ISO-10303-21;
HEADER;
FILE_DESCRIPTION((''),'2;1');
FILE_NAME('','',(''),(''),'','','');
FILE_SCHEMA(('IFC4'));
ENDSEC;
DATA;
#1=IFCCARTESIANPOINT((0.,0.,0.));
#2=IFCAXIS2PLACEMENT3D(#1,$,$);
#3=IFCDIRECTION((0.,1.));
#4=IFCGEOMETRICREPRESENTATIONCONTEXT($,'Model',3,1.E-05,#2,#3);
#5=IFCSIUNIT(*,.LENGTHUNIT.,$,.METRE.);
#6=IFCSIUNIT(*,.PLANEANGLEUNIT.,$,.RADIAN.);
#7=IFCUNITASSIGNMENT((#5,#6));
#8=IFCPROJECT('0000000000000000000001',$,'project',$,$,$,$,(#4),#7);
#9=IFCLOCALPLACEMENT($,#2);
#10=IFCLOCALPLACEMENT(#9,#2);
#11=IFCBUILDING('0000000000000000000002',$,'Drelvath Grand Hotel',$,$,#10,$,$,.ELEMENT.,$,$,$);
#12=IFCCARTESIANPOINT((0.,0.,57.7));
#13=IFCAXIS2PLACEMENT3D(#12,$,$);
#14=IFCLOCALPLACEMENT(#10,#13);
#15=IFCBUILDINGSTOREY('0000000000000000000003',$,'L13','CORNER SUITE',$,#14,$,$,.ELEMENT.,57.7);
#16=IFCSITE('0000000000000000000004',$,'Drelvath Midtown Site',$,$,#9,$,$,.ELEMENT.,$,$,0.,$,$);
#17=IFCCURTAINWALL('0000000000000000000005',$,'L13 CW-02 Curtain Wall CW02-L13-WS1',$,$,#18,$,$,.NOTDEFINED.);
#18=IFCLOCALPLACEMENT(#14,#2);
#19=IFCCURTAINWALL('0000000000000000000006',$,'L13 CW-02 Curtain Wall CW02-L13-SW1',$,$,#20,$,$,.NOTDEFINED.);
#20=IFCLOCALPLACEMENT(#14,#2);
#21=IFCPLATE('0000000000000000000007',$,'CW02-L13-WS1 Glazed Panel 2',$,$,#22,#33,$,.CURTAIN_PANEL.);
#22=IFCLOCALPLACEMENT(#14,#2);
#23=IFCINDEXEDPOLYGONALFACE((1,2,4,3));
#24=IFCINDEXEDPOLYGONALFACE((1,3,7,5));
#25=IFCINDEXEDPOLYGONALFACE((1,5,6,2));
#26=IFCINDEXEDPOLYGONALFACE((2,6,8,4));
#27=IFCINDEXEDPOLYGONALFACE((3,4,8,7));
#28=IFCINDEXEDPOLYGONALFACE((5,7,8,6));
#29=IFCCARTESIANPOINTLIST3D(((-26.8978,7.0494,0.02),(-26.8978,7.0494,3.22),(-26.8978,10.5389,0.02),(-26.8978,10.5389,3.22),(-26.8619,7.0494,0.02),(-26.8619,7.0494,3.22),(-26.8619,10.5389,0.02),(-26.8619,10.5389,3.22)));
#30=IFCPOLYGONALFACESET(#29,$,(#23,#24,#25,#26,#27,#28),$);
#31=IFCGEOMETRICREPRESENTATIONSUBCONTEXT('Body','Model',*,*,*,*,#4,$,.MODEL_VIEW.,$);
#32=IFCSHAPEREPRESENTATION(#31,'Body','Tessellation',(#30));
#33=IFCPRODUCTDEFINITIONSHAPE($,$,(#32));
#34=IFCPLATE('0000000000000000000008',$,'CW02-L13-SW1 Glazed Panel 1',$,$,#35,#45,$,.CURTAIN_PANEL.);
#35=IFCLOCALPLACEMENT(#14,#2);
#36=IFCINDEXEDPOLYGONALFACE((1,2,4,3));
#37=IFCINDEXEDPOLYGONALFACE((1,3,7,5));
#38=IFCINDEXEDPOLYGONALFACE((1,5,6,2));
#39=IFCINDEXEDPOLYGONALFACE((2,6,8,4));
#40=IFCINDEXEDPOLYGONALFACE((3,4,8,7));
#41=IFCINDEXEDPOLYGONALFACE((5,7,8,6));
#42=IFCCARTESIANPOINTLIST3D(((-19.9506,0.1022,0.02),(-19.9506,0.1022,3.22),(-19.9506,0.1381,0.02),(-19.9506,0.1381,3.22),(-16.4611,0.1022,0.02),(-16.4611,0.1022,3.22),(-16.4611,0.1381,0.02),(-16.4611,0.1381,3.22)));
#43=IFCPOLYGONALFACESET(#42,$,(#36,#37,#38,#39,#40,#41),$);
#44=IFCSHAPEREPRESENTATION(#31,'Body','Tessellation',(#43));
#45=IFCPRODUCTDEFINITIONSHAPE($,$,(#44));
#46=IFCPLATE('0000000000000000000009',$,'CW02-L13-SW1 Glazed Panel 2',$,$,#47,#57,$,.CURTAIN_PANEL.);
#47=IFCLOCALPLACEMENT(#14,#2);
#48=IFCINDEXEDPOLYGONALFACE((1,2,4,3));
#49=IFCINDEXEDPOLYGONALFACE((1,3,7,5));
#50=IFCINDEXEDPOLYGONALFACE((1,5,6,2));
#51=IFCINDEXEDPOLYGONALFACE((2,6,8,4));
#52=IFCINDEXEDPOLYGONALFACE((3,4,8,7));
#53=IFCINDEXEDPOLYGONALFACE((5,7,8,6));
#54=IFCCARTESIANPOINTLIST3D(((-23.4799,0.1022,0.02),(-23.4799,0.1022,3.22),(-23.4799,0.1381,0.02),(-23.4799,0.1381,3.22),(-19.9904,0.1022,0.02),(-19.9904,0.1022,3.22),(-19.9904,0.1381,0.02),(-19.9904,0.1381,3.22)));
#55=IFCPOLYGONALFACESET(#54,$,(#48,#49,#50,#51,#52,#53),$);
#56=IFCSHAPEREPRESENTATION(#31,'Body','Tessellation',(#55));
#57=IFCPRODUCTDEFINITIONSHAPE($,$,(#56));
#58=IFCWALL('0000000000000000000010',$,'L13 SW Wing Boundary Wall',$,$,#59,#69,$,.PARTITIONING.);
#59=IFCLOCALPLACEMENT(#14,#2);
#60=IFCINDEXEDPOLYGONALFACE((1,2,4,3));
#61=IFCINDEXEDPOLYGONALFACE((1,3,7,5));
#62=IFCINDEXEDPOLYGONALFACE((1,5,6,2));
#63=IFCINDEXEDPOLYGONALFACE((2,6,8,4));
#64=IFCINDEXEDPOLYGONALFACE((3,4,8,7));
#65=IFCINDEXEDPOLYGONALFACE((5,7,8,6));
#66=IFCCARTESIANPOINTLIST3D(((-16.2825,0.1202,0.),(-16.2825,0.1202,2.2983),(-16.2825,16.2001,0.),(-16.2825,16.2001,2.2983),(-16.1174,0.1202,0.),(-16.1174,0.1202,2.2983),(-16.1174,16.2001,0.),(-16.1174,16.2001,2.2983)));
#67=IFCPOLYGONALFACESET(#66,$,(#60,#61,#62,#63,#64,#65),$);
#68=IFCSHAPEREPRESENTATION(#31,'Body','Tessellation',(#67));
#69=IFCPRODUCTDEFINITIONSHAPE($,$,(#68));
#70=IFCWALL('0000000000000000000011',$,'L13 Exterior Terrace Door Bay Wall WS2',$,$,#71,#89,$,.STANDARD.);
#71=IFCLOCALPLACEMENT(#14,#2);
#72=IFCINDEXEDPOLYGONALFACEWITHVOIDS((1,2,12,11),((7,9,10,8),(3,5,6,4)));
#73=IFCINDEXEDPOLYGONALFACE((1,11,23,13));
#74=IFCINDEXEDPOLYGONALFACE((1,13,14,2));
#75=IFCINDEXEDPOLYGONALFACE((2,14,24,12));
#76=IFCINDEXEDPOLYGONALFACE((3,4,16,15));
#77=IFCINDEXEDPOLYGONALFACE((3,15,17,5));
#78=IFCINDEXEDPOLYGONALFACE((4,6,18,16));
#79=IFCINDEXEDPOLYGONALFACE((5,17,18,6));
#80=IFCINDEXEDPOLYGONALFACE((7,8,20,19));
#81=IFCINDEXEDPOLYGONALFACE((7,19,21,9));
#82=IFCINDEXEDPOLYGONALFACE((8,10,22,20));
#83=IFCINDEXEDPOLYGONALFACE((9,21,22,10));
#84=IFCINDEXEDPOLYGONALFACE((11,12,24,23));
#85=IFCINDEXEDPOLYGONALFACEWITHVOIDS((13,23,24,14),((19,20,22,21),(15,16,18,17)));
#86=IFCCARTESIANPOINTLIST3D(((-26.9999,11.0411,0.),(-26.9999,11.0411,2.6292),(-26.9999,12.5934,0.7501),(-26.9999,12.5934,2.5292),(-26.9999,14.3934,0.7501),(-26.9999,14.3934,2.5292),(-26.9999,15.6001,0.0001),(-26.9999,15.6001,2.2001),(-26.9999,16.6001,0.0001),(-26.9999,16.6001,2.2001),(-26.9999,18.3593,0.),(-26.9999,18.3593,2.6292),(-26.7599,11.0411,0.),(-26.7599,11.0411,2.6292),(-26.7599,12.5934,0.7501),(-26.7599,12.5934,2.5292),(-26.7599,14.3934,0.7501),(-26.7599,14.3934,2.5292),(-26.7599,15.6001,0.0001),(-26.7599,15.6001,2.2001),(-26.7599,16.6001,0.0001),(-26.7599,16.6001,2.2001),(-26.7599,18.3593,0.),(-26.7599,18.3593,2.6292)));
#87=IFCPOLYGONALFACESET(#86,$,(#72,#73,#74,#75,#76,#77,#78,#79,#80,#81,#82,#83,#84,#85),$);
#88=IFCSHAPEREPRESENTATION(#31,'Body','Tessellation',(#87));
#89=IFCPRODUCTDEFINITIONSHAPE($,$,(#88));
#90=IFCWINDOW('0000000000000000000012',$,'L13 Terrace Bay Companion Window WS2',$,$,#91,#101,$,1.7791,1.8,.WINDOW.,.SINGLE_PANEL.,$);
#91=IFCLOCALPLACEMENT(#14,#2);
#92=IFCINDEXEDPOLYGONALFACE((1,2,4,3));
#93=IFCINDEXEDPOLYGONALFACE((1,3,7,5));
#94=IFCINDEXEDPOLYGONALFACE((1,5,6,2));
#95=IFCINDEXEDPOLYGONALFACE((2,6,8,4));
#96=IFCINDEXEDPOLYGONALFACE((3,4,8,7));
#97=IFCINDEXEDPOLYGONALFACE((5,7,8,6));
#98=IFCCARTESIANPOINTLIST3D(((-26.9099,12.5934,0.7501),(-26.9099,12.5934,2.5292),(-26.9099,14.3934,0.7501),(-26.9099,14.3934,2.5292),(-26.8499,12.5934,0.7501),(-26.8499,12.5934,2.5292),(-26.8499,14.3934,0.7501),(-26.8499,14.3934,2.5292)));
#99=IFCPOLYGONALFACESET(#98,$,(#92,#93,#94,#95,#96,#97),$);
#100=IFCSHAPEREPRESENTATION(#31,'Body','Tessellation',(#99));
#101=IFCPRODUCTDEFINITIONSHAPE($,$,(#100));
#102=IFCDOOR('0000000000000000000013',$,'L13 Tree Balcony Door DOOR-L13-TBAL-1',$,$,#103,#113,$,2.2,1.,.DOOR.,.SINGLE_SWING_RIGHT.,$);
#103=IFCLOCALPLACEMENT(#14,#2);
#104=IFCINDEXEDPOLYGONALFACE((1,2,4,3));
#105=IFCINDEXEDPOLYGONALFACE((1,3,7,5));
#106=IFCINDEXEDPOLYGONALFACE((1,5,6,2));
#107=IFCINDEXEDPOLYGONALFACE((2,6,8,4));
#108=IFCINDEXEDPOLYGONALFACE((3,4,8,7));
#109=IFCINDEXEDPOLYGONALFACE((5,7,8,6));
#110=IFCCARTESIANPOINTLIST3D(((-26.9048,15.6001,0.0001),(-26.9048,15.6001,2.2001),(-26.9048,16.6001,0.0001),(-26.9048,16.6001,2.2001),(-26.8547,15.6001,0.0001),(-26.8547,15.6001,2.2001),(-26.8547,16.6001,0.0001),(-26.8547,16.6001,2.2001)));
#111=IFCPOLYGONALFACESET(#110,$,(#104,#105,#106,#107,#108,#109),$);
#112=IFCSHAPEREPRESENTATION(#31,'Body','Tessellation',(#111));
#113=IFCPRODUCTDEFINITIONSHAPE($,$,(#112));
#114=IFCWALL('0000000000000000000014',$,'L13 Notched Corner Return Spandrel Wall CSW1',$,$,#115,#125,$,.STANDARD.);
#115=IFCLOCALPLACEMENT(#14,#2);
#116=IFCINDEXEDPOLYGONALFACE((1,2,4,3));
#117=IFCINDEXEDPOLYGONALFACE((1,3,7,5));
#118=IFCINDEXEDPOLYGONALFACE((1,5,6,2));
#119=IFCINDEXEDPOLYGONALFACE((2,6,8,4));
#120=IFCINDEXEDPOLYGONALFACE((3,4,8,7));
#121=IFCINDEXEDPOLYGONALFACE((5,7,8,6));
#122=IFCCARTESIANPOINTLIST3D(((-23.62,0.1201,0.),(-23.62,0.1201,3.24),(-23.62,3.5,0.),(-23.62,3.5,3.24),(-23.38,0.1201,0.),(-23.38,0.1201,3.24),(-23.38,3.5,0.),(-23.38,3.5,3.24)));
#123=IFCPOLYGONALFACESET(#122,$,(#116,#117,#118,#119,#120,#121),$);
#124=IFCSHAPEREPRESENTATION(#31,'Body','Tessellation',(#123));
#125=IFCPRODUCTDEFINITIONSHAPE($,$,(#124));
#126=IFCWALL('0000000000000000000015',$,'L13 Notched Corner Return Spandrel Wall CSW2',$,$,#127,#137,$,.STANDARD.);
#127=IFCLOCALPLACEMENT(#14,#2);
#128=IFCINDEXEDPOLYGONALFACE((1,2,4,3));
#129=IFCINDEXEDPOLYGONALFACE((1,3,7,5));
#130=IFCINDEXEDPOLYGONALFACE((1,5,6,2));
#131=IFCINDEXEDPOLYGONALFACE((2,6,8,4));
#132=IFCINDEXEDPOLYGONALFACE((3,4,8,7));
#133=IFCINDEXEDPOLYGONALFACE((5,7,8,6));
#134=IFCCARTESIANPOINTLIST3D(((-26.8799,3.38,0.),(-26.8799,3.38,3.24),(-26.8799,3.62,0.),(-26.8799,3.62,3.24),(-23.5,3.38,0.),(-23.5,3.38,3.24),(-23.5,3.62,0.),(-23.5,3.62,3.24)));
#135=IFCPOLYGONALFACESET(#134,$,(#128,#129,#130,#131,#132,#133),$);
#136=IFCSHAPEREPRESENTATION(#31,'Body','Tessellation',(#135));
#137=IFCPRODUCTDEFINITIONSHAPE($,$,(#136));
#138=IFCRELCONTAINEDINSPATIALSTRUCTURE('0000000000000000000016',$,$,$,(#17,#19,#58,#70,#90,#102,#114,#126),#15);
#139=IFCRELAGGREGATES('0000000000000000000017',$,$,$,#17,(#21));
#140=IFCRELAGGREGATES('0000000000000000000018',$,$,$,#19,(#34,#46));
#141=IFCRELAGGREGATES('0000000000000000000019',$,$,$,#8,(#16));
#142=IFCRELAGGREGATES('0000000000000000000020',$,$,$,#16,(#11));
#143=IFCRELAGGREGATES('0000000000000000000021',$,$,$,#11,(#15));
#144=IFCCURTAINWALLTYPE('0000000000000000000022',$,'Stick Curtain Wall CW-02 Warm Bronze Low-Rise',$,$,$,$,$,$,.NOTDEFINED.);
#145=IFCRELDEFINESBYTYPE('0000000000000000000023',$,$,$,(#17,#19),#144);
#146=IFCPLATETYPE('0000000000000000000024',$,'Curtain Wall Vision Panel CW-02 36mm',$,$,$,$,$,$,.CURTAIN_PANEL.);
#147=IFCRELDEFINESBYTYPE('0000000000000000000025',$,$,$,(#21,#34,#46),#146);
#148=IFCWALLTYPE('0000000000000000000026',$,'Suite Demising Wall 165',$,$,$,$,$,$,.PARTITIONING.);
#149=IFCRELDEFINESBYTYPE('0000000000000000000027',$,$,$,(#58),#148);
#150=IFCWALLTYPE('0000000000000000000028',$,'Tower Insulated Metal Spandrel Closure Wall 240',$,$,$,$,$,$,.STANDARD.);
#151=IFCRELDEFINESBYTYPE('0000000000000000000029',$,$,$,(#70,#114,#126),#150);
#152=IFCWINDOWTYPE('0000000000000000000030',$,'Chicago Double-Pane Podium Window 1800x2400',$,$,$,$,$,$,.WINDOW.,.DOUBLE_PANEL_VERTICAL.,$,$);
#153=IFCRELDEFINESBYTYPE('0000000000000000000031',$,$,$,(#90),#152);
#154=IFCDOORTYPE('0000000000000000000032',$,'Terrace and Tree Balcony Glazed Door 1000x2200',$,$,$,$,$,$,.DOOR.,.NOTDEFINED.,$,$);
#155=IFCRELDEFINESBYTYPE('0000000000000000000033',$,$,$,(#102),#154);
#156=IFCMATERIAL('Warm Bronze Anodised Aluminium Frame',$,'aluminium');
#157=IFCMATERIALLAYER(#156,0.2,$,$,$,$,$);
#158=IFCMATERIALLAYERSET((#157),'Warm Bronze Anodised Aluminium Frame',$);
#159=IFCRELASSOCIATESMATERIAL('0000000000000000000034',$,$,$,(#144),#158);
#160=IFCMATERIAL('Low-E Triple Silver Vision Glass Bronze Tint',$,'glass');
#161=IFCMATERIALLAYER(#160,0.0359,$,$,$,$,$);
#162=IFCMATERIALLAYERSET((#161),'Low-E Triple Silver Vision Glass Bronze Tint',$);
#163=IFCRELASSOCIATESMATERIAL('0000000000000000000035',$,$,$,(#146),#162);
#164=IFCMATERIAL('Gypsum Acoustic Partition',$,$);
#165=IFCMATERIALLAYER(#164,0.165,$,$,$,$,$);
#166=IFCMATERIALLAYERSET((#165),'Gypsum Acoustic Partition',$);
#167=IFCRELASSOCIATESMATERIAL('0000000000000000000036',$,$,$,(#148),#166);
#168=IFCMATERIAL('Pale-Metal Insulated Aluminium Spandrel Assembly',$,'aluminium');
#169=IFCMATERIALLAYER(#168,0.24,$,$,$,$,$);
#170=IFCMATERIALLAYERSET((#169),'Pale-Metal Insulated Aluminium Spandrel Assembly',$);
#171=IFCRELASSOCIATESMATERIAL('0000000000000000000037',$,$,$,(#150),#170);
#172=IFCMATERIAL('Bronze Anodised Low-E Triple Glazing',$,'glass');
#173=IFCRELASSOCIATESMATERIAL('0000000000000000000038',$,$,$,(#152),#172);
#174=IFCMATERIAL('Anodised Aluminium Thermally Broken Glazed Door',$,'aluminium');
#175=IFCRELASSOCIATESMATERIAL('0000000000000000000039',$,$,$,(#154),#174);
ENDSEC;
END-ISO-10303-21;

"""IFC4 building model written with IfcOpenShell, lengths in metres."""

from ifc_helpers import new_model, si_unit, direction, frame, frame_2d, origin, origin_2d, place, context, subcontext, project, spatial, rectangle, extrude, material, layer, layer_set, type_object, element, fill, aggregate, save


model = new_model("IFC4")

# Units and contexts
model_context = context("Model", 3, precision=1e-05, world=origin(), true_north=direction((0.0, 1.0)))
body_context = subcontext(model_context, "Body", "Model", "MODEL_VIEW")
ifc_project = project(units=[si_unit("LENGTHUNIT", "METRE"), si_unit("PLANEANGLEUNIT", "RADIAN")], contexts=[model_context])

# Site, building, storey
site_placement = place(None, origin())
site = spatial("IfcSite", under=ifc_project, at=site_placement, Name="Drelvath Midtown Site", CompositionType="ELEMENT", RefElevation=0.0)
building_placement = place(site_placement, origin())
building = spatial("IfcBuilding", under=site, at=building_placement, Name="Drelvath Grand Hotel", CompositionType="ELEMENT")
storey_placement = place(building_placement, frame((0.0, 0.0, 57.7)))
storey = spatial("IfcBuildingStorey", under=building, at=storey_placement, Name="L13", Description="CORNER SUITE", CompositionType="ELEMENT", Elevation=57.7)

# Curtain walls
ifc_material_1 = material(Name="Warm Bronze Anodised Aluminium Frame", Category="aluminium")
ifc_layer_1 = layer(ifc_material_1, 0.2)
ifc_layer_set_1 = layer_set([ifc_layer_1], Name="Warm Bronze Anodised Aluminium Frame")
curtain_wall_type = type_object("IfcCurtainWallType", Name="Stick Curtain Wall CW-02 Warm Bronze Low-Rise", PredefinedType="NOTDEFINED", material=ifc_layer_set_1)
curtain_wall_1_placement = place(storey_placement, origin())
curtain_wall_1 = element("IfcCurtainWall", 1, at=curtain_wall_1_placement, inside=storey, type_object=curtain_wall_type, Name="L13 CW-02 Curtain Wall CW02-L13-WS1", PredefinedType="NOTDEFINED")
curtain_wall_2_placement = place(storey_placement, origin())
curtain_wall_2 = element("IfcCurtainWall", 2, at=curtain_wall_2_placement, inside=storey, type_object=curtain_wall_type, Name="L13 CW-02 Curtain Wall CW02-L13-SW1", PredefinedType="NOTDEFINED")

# Plates
ifc_material_2 = material(Name="Low-E Triple Silver Vision Glass Bronze Tint", Category="glass")
ifc_layer_2 = layer(ifc_material_2, 0.0359)
ifc_layer_set_2 = layer_set([ifc_layer_2], Name="Low-E Triple Silver Vision Glass Bronze Tint")
plate_type = type_object("IfcPlateType", Name="Curtain Wall Vision Panel CW-02 36mm", PredefinedType="CURTAIN_PANEL", material=ifc_layer_set_2)
plate_1_placement = place(storey_placement, frame((-26.8799, 8.7942, 0.02), z_axis=(0.0, 0.0, 1.0), x_axis=(0.0, 1.0, 0.0)))
plate_1 = element("IfcPlate", 3, at=plate_1_placement, type_object=plate_type, Name="CW02-L13-WS1 Glazed Panel 2", PredefinedType="CURTAIN_PANEL", context=body_context, shape_type="SweptSolid", body=[
    extrude(rectangle(XDim=3.4895, YDim=0.0359, at=origin_2d()), origin(), (0.0, 0.0, 1.0), 3.2),
])
aggregate(curtain_wall_1, [plate_1])
plate_2_placement = place(storey_placement, frame((-18.2058, 0.1201, 0.02), z_axis=(0.0, 0.0, 1.0), x_axis=(-1.0, 0.0, 0.0)))
plate_2 = element("IfcPlate", 4, at=plate_2_placement, type_object=plate_type, Name="CW02-L13-SW1 Glazed Panel 1", PredefinedType="CURTAIN_PANEL", context=body_context, shape_type="SweptSolid", body=[
    extrude(rectangle(XDim=3.4895, YDim=0.0359, at=origin_2d()), origin(), (0.0, 0.0, 1.0), 3.2),
])
plate_3_placement = place(storey_placement, frame((-21.7351, 0.1201, 0.02), z_axis=(0.0, 0.0, 1.0), x_axis=(-1.0, 0.0, 0.0)))
plate_3 = element("IfcPlate", 5, at=plate_3_placement, type_object=plate_type, Name="CW02-L13-SW1 Glazed Panel 2", PredefinedType="CURTAIN_PANEL", context=body_context, shape_type="SweptSolid", body=[
    extrude(rectangle(XDim=3.4895, YDim=0.0359, at=origin_2d()), origin(), (0.0, 0.0, 1.0), 3.2),
])
aggregate(curtain_wall_2, [plate_2, plate_3])

# Wall
ifc_material_3 = material(Name="Gypsum Acoustic Partition")
ifc_layer_3 = layer(ifc_material_3, 0.165)
ifc_layer_set_3 = layer_set([ifc_layer_3], Name="Gypsum Acoustic Partition")
wall_type_1 = type_object("IfcWallType", Name="Suite Demising Wall 165", PredefinedType="PARTITIONING", material=ifc_layer_set_3)
wall_1_placement = place(storey_placement, frame((-16.2, 0.1201, 0.0), z_axis=(0.0, 0.0, 1.0), x_axis=(0.0, 1.0, 0.0)))
element("IfcWall", 6, at=wall_1_placement, inside=storey, type_object=wall_type_1, Name="L13 SW Wing Boundary Wall", PredefinedType="PARTITIONING", context=body_context, shape_type="SweptSolid", body=[
    extrude(rectangle(XDim=16.0798, YDim=0.165, at=frame_2d((8.04, 0.0))), origin(), (0.0, 0.0, 1.0), 2.2983),
])

# Wall, openings, window, door
ifc_material_4 = material(Name="Pale-Metal Insulated Aluminium Spandrel Assembly", Category="aluminium")
ifc_layer_4 = layer(ifc_material_4, 0.24)
ifc_layer_set_4 = layer_set([ifc_layer_4], Name="Pale-Metal Insulated Aluminium Spandrel Assembly")
wall_type_2 = type_object("IfcWallType", Name="Tower Insulated Metal Spandrel Closure Wall 240", PredefinedType="STANDARD", material=ifc_layer_set_4)
wall_2_placement = place(storey_placement, frame((-26.8799, 11.041, 0.0), z_axis=(0.0, 0.0, 1.0), x_axis=(0.0, 1.0, 0.0)))
wall_2 = element("IfcWall", 7, at=wall_2_placement, inside=storey, type_object=wall_type_2, Name="L13 Exterior Terrace Door Bay Wall WS2", PredefinedType="STANDARD", context=body_context, shape_type="SweptSolid", body=[
    extrude(rectangle(XDim=7.3181, YDim=0.24, at=frame_2d((3.6592, 0.0))), origin(), (0.0, 0.0, 1.0), 2.6292),
])
opening_1_placement = place(wall_2_placement, frame((4.5591, 0.0, 0.0)))
opening_1 = element("IfcOpeningElement", 8, at=opening_1_placement, cuts=wall_2, PredefinedType="OPENING", context=body_context, shape_type="SweptSolid", body=[
    extrude(rectangle(XDim=1.0, YDim=2.2, at=frame_2d((0.5, 1.1001))), frame((0.0, 0.1299, 0.0), z_axis=(0.0, -1.0, 0.0), x_axis=(1.0, 0.0, 0.0)), (0.0, 0.0, 1.0), 0.26),
])
opening_2_placement = place(wall_2_placement, frame((1.5525, 0.0, 0.75)))
opening_2 = element("IfcOpeningElement", 9, at=opening_2_placement, cuts=wall_2, PredefinedType="OPENING", context=body_context, shape_type="SweptSolid", body=[
    extrude(rectangle(XDim=1.8, YDim=1.7791, at=frame_2d((0.8999, 0.8896))), frame((0.0, 0.1299, 0.0), z_axis=(0.0, -1.0, 0.0), x_axis=(1.0, 0.0, 0.0)), (0.0, 0.0, 1.0), 0.26),
])
ifc_material_5 = material(Name="Bronze Anodised Low-E Triple Glazing", Category="glass")
window_type = type_object("IfcWindowType", Name="Chicago Double-Pane Podium Window 1800x2400", PartitioningType="DOUBLE_PANEL_VERTICAL", PredefinedType="WINDOW", material=ifc_material_5)
window_placement = place(opening_2_placement, origin())
window = element("IfcWindow", 10, at=window_placement, inside=storey, type_object=window_type, Name="L13 Terrace Bay Companion Window WS2", OverallHeight=1.7791, OverallWidth=1.8, PartitioningType="SINGLE_PANEL", PredefinedType="WINDOW", context=body_context, shape_type="SweptSolid", body=[
    extrude(rectangle(XDim=1.8, YDim=1.7791, at=frame_2d((0.8999, 0.8896))), frame((0.0, 0.03, 0.0), z_axis=(0.0, -1.0, 0.0), x_axis=(1.0, 0.0, 0.0)), (0.0, 0.0, 1.0), 0.0601),
])
fill(opening_2, window)
ifc_material_6 = material(Name="Anodised Aluminium Thermally Broken Glazed Door", Category="aluminium")
door_type = type_object("IfcDoorType", Name="Terrace and Tree Balcony Glazed Door 1000x2200", OperationType="NOTDEFINED", PredefinedType="DOOR", material=ifc_material_6)
door_placement = place(opening_1_placement, origin())
door = element("IfcDoor", 11, at=door_placement, inside=storey, type_object=door_type, Name="L13 Tree Balcony Door DOOR-L13-TBAL-1", OperationType="SINGLE_SWING_RIGHT", OverallHeight=2.2, OverallWidth=1.0, PredefinedType="DOOR", context=body_context, shape_type="SweptSolid", body=[
    extrude(rectangle(XDim=1.0, YDim=2.2, at=frame_2d((0.5, 1.1001))), frame((0.0, 0.0249, 0.0), z_axis=(0.0, -1.0, 0.0), x_axis=(1.0, 0.0, 0.0)), (0.0, 0.0, 1.0), 0.05),
])
fill(opening_1, door)

# Walls
for number, where, z_axis, x_axis, name in (
    (12, (-23.5, 0.1201, 0.0), (0.0, 0.0, 1.0), (0.0, 1.0, 0.0), "L13 Notched Corner Return Spandrel Wall CSW1"),
    (13, (-23.5, 3.5, 0.0), (0.0, 0.0, 1.0), (-1.0, 0.0, 0.0), "L13 Notched Corner Return Spandrel Wall CSW2"),
):
    element("IfcWall", number, at=place(storey_placement, frame(where, z_axis=z_axis, x_axis=x_axis)), inside=storey, type_object=wall_type_2, Name=name, PredefinedType="STANDARD", context=body_context, shape_type="SweptSolid", body=[
        extrude(rectangle(XDim=3.3799, YDim=0.24, at=frame_2d((1.6899, 0.0))), origin(), (0.0, 0.0, 1.0), 3.24),
    ])

save(model, "model.ifc")
